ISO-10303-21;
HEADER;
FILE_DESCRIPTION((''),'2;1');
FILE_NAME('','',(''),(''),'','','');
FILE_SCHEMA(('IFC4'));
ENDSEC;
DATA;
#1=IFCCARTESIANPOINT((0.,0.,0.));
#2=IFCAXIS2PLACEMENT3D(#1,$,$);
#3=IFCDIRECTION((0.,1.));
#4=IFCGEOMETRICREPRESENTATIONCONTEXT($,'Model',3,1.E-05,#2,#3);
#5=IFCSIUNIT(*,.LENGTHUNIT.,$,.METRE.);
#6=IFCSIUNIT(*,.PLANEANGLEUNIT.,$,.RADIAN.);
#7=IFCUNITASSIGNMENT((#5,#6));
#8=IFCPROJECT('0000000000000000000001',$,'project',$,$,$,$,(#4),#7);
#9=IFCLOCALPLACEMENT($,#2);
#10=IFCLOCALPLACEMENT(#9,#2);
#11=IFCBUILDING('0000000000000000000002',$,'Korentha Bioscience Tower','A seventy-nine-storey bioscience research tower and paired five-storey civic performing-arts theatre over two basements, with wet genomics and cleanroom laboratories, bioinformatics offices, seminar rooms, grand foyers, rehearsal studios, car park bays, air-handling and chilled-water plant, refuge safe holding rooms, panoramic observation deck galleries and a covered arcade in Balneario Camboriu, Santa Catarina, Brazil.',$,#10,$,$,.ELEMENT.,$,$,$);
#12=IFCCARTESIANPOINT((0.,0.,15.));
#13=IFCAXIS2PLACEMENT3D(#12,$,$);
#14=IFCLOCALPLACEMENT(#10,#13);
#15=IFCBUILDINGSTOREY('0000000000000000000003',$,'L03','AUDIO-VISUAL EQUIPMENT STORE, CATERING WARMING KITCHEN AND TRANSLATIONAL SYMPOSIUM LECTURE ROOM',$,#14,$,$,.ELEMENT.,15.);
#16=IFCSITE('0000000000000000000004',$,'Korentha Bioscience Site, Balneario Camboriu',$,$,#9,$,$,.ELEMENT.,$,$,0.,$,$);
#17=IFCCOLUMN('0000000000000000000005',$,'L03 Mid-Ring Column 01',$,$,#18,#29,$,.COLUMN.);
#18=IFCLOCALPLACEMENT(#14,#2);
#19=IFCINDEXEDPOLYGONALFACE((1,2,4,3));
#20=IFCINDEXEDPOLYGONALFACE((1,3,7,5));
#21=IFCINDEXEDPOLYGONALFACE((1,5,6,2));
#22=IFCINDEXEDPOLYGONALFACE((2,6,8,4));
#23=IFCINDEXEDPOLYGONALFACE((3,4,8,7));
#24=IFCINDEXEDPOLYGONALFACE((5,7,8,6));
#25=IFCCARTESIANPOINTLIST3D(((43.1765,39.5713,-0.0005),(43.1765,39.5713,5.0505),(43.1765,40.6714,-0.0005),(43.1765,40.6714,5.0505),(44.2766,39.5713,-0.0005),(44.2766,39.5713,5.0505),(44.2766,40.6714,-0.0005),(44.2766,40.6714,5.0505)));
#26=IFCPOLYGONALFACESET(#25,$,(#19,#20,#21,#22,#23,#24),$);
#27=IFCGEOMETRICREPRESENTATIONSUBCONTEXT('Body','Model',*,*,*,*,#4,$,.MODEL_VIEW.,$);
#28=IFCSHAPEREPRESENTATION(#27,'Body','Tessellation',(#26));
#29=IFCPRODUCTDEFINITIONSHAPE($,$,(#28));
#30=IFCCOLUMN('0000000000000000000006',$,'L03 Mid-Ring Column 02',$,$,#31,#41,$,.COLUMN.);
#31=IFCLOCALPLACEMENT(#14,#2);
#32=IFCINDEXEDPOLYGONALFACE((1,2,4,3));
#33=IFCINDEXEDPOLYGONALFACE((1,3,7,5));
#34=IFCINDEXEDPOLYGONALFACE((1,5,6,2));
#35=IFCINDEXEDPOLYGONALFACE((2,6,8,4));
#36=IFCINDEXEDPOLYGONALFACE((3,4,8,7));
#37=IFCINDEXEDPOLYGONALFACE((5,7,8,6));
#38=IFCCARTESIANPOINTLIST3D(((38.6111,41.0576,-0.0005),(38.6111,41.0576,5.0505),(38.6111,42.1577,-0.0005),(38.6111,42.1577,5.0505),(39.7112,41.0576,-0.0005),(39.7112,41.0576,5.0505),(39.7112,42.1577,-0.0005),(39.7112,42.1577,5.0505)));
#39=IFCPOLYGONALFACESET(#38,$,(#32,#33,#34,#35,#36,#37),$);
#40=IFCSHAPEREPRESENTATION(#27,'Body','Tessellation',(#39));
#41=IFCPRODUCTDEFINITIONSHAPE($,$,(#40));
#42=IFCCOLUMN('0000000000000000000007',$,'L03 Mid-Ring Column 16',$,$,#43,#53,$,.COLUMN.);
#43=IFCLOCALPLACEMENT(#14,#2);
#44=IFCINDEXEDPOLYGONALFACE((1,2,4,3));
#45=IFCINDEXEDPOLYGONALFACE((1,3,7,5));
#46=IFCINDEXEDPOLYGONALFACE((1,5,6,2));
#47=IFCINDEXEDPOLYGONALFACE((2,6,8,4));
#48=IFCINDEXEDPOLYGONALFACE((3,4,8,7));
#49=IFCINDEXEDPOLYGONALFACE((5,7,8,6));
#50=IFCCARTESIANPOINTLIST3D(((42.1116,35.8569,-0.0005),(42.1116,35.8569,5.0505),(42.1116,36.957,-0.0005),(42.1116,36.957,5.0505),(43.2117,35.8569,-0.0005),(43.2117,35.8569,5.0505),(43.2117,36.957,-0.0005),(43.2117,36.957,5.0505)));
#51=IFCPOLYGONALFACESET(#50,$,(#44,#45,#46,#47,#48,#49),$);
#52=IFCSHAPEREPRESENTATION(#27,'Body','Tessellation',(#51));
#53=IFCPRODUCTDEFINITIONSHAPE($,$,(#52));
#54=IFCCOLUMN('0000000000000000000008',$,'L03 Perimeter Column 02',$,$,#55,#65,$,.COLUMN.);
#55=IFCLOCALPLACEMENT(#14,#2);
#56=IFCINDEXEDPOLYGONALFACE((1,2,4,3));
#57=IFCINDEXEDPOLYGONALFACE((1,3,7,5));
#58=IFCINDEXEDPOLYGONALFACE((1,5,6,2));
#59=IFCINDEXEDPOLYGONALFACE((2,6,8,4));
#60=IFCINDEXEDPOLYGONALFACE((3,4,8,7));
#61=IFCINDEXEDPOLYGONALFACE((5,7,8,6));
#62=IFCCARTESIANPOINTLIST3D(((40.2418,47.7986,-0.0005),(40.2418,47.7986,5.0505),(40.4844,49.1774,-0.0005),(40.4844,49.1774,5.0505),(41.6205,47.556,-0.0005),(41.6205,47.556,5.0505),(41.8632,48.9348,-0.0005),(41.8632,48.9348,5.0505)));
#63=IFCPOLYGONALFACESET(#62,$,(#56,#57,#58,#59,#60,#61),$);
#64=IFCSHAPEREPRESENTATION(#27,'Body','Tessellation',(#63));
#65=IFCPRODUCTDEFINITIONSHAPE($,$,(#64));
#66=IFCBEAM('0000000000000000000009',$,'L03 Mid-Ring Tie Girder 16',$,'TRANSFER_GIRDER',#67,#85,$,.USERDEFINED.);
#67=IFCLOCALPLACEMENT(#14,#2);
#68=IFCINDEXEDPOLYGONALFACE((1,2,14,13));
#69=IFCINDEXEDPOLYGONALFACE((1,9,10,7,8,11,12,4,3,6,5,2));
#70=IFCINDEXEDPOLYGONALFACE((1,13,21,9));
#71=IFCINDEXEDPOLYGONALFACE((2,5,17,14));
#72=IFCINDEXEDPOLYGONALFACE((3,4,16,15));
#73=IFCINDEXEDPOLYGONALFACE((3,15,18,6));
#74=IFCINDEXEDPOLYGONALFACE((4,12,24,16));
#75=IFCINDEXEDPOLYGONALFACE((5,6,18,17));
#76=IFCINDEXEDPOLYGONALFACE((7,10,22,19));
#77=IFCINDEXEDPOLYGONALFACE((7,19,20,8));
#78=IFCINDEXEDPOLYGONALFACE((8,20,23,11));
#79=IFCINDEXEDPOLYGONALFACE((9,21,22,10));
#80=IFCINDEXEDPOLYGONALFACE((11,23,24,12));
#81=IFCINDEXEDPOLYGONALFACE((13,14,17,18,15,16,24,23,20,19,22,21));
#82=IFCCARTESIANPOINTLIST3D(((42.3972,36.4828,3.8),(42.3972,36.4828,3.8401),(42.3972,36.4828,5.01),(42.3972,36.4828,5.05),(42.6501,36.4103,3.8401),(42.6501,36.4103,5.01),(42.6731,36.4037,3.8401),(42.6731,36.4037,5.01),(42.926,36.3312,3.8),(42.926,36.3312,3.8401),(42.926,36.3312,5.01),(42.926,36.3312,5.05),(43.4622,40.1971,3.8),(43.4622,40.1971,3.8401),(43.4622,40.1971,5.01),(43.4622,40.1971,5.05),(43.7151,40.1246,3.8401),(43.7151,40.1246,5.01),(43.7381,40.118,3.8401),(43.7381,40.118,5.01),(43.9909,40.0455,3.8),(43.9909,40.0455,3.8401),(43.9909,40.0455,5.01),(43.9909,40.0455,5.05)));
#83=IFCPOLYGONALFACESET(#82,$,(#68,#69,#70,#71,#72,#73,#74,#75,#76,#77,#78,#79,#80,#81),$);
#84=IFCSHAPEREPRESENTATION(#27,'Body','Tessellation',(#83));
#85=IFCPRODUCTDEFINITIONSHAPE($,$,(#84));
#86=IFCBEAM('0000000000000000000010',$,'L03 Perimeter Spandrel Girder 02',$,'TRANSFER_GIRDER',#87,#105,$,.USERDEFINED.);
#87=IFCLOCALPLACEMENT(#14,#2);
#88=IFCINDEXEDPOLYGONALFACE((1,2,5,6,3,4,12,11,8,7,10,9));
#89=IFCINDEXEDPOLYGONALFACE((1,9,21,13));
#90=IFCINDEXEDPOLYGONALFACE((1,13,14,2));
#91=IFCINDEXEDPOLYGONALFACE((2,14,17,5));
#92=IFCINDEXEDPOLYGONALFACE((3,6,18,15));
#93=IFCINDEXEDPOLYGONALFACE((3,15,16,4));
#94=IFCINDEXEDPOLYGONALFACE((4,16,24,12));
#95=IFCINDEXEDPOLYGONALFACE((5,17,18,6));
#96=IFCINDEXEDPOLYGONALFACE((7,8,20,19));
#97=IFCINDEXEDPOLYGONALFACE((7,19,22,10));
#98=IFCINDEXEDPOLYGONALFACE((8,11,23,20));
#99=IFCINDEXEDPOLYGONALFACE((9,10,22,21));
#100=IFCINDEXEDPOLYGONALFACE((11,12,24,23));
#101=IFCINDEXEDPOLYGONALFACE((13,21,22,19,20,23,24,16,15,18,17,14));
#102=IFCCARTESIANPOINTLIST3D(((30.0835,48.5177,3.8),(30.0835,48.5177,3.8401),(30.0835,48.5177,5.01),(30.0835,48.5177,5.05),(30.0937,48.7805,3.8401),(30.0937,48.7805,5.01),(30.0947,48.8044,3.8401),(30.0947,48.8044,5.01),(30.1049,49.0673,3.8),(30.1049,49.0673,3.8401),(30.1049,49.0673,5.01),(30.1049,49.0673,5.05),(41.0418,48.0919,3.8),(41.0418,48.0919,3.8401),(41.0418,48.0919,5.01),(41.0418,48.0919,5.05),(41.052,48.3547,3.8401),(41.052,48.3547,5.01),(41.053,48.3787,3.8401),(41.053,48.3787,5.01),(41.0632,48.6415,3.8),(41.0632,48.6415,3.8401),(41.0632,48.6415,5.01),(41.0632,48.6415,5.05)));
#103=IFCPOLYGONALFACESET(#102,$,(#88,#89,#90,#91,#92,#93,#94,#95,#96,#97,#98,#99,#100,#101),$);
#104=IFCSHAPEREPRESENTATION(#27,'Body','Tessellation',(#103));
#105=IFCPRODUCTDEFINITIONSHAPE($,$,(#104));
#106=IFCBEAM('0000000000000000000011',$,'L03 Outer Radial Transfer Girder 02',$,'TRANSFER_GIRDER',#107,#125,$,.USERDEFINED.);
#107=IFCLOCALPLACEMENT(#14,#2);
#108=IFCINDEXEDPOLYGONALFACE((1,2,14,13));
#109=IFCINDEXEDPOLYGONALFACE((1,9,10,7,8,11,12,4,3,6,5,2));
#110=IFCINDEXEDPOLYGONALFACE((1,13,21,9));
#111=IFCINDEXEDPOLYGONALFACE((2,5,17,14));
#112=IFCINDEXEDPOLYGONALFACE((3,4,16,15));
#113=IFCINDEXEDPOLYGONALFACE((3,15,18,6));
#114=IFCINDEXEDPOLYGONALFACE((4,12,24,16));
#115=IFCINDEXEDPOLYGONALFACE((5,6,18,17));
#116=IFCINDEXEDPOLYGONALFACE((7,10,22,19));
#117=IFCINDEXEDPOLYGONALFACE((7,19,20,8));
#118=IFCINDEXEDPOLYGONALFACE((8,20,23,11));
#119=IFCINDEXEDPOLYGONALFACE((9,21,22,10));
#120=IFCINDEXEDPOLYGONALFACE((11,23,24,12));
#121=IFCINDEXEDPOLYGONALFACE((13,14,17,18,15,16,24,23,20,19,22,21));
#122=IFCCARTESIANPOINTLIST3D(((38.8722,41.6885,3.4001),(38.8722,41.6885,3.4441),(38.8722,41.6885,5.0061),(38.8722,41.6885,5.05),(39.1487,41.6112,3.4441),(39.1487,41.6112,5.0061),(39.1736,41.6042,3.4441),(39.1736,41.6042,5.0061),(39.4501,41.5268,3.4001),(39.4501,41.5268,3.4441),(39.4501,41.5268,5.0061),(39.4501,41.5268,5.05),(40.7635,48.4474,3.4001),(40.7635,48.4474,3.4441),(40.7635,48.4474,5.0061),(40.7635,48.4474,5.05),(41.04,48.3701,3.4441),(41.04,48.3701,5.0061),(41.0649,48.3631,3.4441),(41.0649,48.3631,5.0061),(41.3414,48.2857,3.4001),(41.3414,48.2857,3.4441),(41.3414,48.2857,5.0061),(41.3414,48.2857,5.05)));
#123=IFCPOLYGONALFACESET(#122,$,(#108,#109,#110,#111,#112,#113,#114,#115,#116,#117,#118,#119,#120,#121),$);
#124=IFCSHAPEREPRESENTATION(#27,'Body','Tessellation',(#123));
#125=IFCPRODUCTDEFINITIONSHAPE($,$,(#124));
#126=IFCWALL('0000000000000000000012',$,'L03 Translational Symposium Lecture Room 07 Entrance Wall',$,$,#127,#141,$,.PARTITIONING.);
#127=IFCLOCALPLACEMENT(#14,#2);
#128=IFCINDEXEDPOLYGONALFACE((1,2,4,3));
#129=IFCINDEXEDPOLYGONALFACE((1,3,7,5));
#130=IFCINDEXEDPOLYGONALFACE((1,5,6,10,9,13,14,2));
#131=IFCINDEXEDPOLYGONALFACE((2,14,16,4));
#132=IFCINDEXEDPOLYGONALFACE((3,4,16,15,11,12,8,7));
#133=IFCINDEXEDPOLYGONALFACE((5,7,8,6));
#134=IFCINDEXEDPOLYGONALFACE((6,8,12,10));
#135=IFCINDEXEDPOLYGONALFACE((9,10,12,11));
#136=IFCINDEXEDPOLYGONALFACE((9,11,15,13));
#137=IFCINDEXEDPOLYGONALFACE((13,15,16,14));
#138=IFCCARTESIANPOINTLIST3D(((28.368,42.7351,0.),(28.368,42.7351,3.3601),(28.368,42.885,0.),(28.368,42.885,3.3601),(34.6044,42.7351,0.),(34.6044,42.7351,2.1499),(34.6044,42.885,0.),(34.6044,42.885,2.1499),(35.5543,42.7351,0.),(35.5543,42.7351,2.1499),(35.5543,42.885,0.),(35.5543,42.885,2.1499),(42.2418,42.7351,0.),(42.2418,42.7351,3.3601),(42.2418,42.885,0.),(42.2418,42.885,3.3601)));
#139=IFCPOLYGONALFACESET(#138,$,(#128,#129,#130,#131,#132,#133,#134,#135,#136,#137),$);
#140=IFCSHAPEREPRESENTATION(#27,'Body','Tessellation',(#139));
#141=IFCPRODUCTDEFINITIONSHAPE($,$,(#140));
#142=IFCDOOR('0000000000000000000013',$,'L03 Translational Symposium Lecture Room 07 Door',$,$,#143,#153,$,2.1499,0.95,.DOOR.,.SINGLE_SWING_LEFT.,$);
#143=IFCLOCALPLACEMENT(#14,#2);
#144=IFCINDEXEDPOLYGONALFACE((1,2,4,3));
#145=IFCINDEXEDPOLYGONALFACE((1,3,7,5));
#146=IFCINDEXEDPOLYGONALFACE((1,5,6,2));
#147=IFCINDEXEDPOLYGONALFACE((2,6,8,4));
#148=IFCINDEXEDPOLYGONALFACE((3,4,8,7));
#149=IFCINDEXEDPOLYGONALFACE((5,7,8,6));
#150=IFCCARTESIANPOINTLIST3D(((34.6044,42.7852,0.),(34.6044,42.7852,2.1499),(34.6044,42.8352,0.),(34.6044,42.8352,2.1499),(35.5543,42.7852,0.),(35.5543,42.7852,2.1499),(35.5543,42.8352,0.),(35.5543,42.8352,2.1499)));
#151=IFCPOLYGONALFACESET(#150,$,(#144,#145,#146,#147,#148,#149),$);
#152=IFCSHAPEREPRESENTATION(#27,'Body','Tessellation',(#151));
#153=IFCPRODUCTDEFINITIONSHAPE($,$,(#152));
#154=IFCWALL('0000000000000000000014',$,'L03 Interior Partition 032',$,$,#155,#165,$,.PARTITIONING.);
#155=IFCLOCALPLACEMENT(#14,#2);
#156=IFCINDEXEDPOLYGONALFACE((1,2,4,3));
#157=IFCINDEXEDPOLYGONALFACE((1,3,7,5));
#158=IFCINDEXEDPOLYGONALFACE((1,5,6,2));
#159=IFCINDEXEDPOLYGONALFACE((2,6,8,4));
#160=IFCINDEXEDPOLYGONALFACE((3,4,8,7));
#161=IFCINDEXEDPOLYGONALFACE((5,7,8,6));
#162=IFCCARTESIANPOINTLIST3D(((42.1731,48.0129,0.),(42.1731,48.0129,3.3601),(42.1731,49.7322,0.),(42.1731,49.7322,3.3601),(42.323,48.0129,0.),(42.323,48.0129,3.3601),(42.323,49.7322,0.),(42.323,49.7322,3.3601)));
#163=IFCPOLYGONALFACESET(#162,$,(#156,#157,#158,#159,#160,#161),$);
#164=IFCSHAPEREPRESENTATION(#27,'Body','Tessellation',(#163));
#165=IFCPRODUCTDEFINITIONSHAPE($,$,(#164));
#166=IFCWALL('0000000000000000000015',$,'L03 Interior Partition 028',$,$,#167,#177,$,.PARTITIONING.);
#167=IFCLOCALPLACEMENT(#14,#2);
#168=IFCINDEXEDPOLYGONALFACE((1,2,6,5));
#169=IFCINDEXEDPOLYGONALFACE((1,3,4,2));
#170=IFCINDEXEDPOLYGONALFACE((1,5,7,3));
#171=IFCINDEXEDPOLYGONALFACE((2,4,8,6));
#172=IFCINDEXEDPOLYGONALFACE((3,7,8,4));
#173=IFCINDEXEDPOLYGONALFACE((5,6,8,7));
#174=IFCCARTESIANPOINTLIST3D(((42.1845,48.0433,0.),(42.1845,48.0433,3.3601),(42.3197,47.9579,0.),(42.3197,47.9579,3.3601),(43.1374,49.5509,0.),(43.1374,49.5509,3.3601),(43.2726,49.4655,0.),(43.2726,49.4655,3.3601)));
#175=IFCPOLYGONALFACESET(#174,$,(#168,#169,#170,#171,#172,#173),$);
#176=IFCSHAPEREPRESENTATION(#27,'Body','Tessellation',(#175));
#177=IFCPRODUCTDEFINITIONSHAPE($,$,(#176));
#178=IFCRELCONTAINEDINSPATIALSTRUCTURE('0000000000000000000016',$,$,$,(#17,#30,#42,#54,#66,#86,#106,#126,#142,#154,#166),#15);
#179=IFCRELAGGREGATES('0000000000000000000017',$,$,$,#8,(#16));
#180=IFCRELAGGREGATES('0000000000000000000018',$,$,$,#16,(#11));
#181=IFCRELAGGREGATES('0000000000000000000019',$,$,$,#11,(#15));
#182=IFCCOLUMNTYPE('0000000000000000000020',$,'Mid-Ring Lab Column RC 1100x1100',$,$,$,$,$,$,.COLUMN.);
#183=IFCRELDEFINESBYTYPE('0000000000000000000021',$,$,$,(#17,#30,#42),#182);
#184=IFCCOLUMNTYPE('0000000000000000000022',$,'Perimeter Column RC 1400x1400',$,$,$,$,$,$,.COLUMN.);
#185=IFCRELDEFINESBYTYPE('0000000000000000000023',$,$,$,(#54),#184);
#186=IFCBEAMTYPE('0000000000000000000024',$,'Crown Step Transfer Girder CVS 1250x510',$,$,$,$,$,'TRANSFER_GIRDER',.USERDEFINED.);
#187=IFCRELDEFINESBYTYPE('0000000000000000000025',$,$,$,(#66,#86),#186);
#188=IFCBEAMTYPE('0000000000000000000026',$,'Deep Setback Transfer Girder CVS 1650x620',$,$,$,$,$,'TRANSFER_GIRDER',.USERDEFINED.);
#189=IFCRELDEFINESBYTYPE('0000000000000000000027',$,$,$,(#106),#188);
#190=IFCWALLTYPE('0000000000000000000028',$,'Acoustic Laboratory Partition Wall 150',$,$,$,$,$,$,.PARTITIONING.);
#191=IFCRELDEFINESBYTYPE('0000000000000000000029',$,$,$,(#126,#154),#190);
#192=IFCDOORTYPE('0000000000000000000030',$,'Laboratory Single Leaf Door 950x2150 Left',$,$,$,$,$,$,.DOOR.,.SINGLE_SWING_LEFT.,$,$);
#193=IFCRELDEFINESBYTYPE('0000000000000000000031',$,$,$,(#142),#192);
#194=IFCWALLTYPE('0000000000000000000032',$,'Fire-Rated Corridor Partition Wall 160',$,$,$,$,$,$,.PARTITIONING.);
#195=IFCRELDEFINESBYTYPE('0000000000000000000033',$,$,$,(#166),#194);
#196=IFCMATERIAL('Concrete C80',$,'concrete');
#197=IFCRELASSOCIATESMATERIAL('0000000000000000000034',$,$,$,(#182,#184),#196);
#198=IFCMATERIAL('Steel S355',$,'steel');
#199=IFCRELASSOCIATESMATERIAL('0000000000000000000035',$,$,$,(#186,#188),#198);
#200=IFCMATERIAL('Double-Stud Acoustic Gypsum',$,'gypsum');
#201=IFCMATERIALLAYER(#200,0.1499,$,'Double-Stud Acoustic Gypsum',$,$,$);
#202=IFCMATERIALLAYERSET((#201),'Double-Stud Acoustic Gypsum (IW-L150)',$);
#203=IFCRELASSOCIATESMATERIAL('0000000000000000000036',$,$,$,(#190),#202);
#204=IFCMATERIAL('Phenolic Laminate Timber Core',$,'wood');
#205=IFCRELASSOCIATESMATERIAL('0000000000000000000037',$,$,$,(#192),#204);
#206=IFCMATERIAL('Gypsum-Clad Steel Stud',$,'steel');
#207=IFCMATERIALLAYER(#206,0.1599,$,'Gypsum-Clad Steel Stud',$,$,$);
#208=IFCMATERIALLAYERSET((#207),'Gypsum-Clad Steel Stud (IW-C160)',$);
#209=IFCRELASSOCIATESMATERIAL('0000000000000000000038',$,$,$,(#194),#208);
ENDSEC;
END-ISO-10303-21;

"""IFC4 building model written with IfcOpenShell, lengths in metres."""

from ifc_helpers import new_model, si_unit, direction, frame, frame_2d, origin, origin_2d, place, context, subcontext, project, spatial, rectangle, i_section, extrude, material, layer, layer_set, material_profile, profile_set, type_object, element, fill, save


model = new_model("IFC4")

# Units and contexts
model_context = context("Model", 3, precision=1e-05, world=origin(), true_north=direction((0.0, 1.0)))
body_context = subcontext(model_context, "Body", "Model", "MODEL_VIEW")
ifc_project = project(units=[si_unit("LENGTHUNIT", "METRE"), si_unit("PLANEANGLEUNIT", "RADIAN")], contexts=[model_context])

# Site, building, storey
site_placement = place(None, origin())
site = spatial("IfcSite", under=ifc_project, at=site_placement, Name="Korentha Bioscience Site, Balneario Camboriu", CompositionType="ELEMENT", RefElevation=0.0)
building_placement = place(site_placement, origin())
building = spatial("IfcBuilding", under=site, at=building_placement, Name="Korentha Bioscience Tower", Description="A seventy-nine-storey bioscience research tower and paired five-storey civic performing-arts theatre over two basements, with wet genomics and cleanroom laboratories, bioinformatics offices, seminar rooms, grand foyers, rehearsal studios, car park bays, air-handling and chilled-water plant, refuge safe holding rooms, panoramic observation deck galleries and a covered arcade in Balneario Camboriu, Santa Catarina, Brazil.", CompositionType="ELEMENT")
storey_placement = place(building_placement, frame((0.0, 0.0, 15.0)))
storey = spatial("IfcBuildingStorey", under=building, at=storey_placement, Name="L03", Description="AUDIO-VISUAL EQUIPMENT STORE, CATERING WARMING KITCHEN AND TRANSLATIONAL SYMPOSIUM LECTURE ROOM", CompositionType="ELEMENT", Elevation=15.0)

# Columns
ifc_material_1 = material(Name="Concrete C80", Category="concrete")
ifc_material_profile_1 = material_profile(ifc_material_1, rectangle(XDim=1.1001, YDim=1.1001, at=origin_2d()), Name="Concrete C80")
ifc_profile_set_1 = profile_set([ifc_material_profile_1], Name="Concrete C80 (COL-MR11)")
column_type_1 = type_object("IfcColumnType", Name="Mid-Ring Lab Column RC 1100x1100", PredefinedType="COLUMN", material=ifc_profile_set_1)
for number, where, z_axis, x_axis, name in (
    (1, (43.7266, 40.1213, -0.0005), (0.0, 0.0, 1.0), (1.0, 0.0, 0.0), "L03 Mid-Ring Column 01"),
    (2, (39.1611, 41.6077, -0.0005), (0.0, 0.0, 1.0), (1.0, 0.0, 0.0), "L03 Mid-Ring Column 02"),
    (3, (42.6616, 36.407, -0.0005), (0.0, 0.0, 1.0), (1.0, 0.0, 0.0), "L03 Mid-Ring Column 16"),
):
    element("IfcColumn", number, at=place(storey_placement, frame(where, z_axis=z_axis, x_axis=x_axis)), inside=storey, type_object=column_type_1, Name=name, PredefinedType="COLUMN", context=body_context, shape_type="SweptSolid", body=[
        extrude(rectangle(XDim=1.1001, YDim=1.1001, at=origin_2d()), origin(), (0.0, 0.0, 1.0), 5.051),
    ])
ifc_material_profile_2 = material_profile(ifc_material_1, rectangle(XDim=1.3999, YDim=1.3999, at=origin_2d()), Name="Concrete C80")
ifc_profile_set_2 = profile_set([ifc_material_profile_2], Name="Concrete C80 (COL-P14)")
column_type_2 = type_object("IfcColumnType", Name="Perimeter Column RC 1400x1400", PredefinedType="COLUMN", material=ifc_profile_set_2)
column_placement = place(storey_placement, frame((41.0525, 48.3667, -0.0005), z_axis=(0.0, 0.0, 1.0), x_axis=(-0.984868, 0.173304, 0.0)))
element("IfcColumn", 4, at=column_placement, inside=storey, type_object=column_type_2, Name="L03 Perimeter Column 02", PredefinedType="COLUMN", context=body_context, shape_type="SweptSolid", body=[
    extrude(rectangle(XDim=1.3999, YDim=1.3999, at=origin_2d()), origin(), (0.0, 0.0, 1.0), 5.051),
])

# Beams
ifc_material_2 = material(Name="Steel S355", Category="steel")
ifc_material_profile_3 = material_profile(ifc_material_2, i_section(OverallWidth=0.55, OverallDepth=1.25, WebThickness=0.0239, FlangeThickness=0.04, at=origin_2d()), Name="Steel S355")
ifc_profile_set_3 = profile_set([ifc_material_profile_3], Name="Steel S355 (TG-03)")
beam_type_1 = type_object("IfcBeamType", Name="Crown Step Transfer Girder CVS 1250x510", ElementType="TRANSFER_GIRDER", PredefinedType="USERDEFINED", material=ifc_profile_set_3)
beam_1_placement = place(storey_placement, frame((42.6616, 36.407, 4.425), z_axis=(0.275606, 0.961271, 0.0), x_axis=(-0.961271, 0.275606, 0.0)))
element("IfcBeam", 5, at=beam_1_placement, inside=storey, type_object=beam_type_1, Name="L03 Mid-Ring Tie Girder 16", ObjectType="TRANSFER_GIRDER", PredefinedType="USERDEFINED", context=body_context, shape_type="SweptSolid", body=[
    extrude(i_section(OverallWidth=0.55, OverallDepth=1.25, WebThickness=0.0239, FlangeThickness=0.04, at=origin_2d()), origin(), (0.0, 0.0, 1.0), 3.864),
])
beam_2_placement = place(storey_placement, frame((41.0525, 48.3667, 4.425), z_axis=(-0.999246, 0.038826, 0.0), x_axis=(-0.038826, -0.999246, 0.0)))
element("IfcBeam", 6, at=beam_2_placement, inside=storey, type_object=beam_type_1, Name="L03 Perimeter Spandrel Girder 02", ObjectType="TRANSFER_GIRDER", PredefinedType="USERDEFINED", context=body_context, shape_type="SweptSolid", body=[
    extrude(i_section(OverallWidth=0.55, OverallDepth=1.25, WebThickness=0.0239, FlangeThickness=0.04, at=origin_2d()), origin(), (0.0, 0.0, 1.0), 10.9666),
])
ifc_material_profile_4 = material_profile(ifc_material_2, i_section(OverallWidth=0.6001, OverallDepth=1.6499, WebThickness=0.0259, FlangeThickness=0.0439, at=origin_2d()), Name="Steel S355")
ifc_profile_set_4 = profile_set([ifc_material_profile_4], Name="Steel S355 (TG-04)")
beam_type_2 = type_object("IfcBeamType", Name="Deep Setback Transfer Girder CVS 1650x620", ElementType="TRANSFER_GIRDER", PredefinedType="USERDEFINED", material=ifc_profile_set_4)
beam_3_placement = place(storey_placement, frame((39.1611, 41.6077, 4.2251), z_axis=(0.269475, 0.963007, 0.0), x_axis=(-0.963007, 0.269475, 0.0)))
element("IfcBeam", 7, at=beam_3_placement, inside=storey, type_object=beam_type_2, Name="L03 Outer Radial Transfer Girder 02", ObjectType="TRANSFER_GIRDER", PredefinedType="USERDEFINED", context=body_context, shape_type="SweptSolid", body=[
    extrude(i_section(OverallWidth=0.6001, OverallDepth=1.6499, WebThickness=0.0259, FlangeThickness=0.0439, at=origin_2d()), origin(), (0.0, 0.0, 1.0), 7.0186),
])

# Wall, opening, door
ifc_material_3 = material(Name="Double-Stud Acoustic Gypsum", Category="gypsum")
ifc_layer_1 = layer(ifc_material_3, 0.1499, Name="Double-Stud Acoustic Gypsum")
ifc_layer_set_1 = layer_set([ifc_layer_1], Name="Double-Stud Acoustic Gypsum (IW-L150)")
wall_type_1 = type_object("IfcWallType", Name="Acoustic Laboratory Partition Wall 150", PredefinedType="PARTITIONING", material=ifc_layer_set_1)
wall_1_placement = place(storey_placement, frame((42.2419, 42.8101, 0.0), z_axis=(0.0, 0.0, 1.0), x_axis=(-1.0, 0.0, 0.0)))
wall_1 = element("IfcWall", 8, at=wall_1_placement, inside=storey, type_object=wall_type_1, Name="L03 Translational Symposium Lecture Room 07 Entrance Wall", PredefinedType="PARTITIONING", context=body_context, shape_type="SweptSolid", body=[
    extrude(rectangle(XDim=13.8738, YDim=0.1499, at=frame_2d((6.937, 0.0))), origin(), (0.0, 0.0, 1.0), 3.3601),
])
opening_1_placement = place(wall_1_placement, frame((6.6875, 0.0, 0.0)))
opening_1 = element("IfcOpeningElement", 9, at=opening_1_placement, cuts=wall_1, PredefinedType="OPENING", context=body_context, shape_type="SweptSolid", body=[
    extrude(rectangle(XDim=0.95, YDim=2.1499, at=frame_2d((0.4751, 1.075))), frame((0.0, 0.0898, 0.0), z_axis=(0.0, -1.0, 0.0), x_axis=(1.0, 0.0, 0.0)), (0.0, 0.0, 1.0), 0.1797),
])
ifc_material_4 = material(Name="Phenolic Laminate Timber Core", Category="wood")
door_type_1 = type_object("IfcDoorType", Name="Laboratory Single Leaf Door 950x2150 Left", OperationType="SINGLE_SWING_LEFT", PredefinedType="DOOR", material=ifc_material_4)
door_1_placement = place(opening_1_placement, origin())
door_1 = element("IfcDoor", 10, at=door_1_placement, inside=storey, type_object=door_type_1, Name="L03 Translational Symposium Lecture Room 07 Door", OperationType="SINGLE_SWING_LEFT", OverallHeight=2.1499, OverallWidth=0.95, PredefinedType="DOOR", context=body_context, shape_type="SweptSolid", body=[
    extrude(rectangle(XDim=0.95, YDim=2.1499, at=frame_2d((0.4751, 1.075))), frame((0.0, 0.0249, 0.0), z_axis=(0.0, -1.0, 0.0), x_axis=(1.0, 0.0, 0.0)), (0.0, 0.0, 1.0), 0.05),
])
fill(opening_1, door_1)

# Walls
wall_2_placement = place(storey_placement, frame((42.248, 49.7322, 0.0), z_axis=(0.0, 0.0, 1.0), x_axis=(0.0, -1.0, 0.0)))
element("IfcWall", 11, at=wall_2_placement, inside=storey, type_object=wall_type_1, Name="L03 Interior Partition 032", PredefinedType="PARTITIONING", context=body_context, shape_type="SweptSolid", body=[
    extrude(rectangle(XDim=1.7192, YDim=0.1499, at=frame_2d((0.8596, 0.0))), origin(), (0.0, 0.0, 1.0), 3.3601),
])
ifc_material_5 = material(Name="Gypsum-Clad Steel Stud", Category="steel")
ifc_layer_2 = layer(ifc_material_5, 0.1599, Name="Gypsum-Clad Steel Stud")
ifc_layer_set_2 = layer_set([ifc_layer_2], Name="Gypsum-Clad Steel Stud (IW-C160)")
wall_type_2 = type_object("IfcWallType", Name="Fire-Rated Corridor Partition Wall 160", PredefinedType="PARTITIONING", material=ifc_layer_set_2)
wall_3_placement = place(storey_placement, frame((42.2522, 48.0007, 0.0), z_axis=(0.0, 0.0, 1.0), x_axis=(0.534287, 0.845303, 0.0)))
element("IfcWall", 12, at=wall_3_placement, inside=storey, type_object=wall_type_2, Name="L03 Interior Partition 028", PredefinedType="PARTITIONING", context=body_context, shape_type="SweptSolid", body=[
    extrude(rectangle(XDim=1.7834, YDim=0.1599, at=frame_2d((0.8916, 0.0))), origin(), (0.0, 0.0, 1.0), 3.3601),
])

save(model, "model.ifc")
